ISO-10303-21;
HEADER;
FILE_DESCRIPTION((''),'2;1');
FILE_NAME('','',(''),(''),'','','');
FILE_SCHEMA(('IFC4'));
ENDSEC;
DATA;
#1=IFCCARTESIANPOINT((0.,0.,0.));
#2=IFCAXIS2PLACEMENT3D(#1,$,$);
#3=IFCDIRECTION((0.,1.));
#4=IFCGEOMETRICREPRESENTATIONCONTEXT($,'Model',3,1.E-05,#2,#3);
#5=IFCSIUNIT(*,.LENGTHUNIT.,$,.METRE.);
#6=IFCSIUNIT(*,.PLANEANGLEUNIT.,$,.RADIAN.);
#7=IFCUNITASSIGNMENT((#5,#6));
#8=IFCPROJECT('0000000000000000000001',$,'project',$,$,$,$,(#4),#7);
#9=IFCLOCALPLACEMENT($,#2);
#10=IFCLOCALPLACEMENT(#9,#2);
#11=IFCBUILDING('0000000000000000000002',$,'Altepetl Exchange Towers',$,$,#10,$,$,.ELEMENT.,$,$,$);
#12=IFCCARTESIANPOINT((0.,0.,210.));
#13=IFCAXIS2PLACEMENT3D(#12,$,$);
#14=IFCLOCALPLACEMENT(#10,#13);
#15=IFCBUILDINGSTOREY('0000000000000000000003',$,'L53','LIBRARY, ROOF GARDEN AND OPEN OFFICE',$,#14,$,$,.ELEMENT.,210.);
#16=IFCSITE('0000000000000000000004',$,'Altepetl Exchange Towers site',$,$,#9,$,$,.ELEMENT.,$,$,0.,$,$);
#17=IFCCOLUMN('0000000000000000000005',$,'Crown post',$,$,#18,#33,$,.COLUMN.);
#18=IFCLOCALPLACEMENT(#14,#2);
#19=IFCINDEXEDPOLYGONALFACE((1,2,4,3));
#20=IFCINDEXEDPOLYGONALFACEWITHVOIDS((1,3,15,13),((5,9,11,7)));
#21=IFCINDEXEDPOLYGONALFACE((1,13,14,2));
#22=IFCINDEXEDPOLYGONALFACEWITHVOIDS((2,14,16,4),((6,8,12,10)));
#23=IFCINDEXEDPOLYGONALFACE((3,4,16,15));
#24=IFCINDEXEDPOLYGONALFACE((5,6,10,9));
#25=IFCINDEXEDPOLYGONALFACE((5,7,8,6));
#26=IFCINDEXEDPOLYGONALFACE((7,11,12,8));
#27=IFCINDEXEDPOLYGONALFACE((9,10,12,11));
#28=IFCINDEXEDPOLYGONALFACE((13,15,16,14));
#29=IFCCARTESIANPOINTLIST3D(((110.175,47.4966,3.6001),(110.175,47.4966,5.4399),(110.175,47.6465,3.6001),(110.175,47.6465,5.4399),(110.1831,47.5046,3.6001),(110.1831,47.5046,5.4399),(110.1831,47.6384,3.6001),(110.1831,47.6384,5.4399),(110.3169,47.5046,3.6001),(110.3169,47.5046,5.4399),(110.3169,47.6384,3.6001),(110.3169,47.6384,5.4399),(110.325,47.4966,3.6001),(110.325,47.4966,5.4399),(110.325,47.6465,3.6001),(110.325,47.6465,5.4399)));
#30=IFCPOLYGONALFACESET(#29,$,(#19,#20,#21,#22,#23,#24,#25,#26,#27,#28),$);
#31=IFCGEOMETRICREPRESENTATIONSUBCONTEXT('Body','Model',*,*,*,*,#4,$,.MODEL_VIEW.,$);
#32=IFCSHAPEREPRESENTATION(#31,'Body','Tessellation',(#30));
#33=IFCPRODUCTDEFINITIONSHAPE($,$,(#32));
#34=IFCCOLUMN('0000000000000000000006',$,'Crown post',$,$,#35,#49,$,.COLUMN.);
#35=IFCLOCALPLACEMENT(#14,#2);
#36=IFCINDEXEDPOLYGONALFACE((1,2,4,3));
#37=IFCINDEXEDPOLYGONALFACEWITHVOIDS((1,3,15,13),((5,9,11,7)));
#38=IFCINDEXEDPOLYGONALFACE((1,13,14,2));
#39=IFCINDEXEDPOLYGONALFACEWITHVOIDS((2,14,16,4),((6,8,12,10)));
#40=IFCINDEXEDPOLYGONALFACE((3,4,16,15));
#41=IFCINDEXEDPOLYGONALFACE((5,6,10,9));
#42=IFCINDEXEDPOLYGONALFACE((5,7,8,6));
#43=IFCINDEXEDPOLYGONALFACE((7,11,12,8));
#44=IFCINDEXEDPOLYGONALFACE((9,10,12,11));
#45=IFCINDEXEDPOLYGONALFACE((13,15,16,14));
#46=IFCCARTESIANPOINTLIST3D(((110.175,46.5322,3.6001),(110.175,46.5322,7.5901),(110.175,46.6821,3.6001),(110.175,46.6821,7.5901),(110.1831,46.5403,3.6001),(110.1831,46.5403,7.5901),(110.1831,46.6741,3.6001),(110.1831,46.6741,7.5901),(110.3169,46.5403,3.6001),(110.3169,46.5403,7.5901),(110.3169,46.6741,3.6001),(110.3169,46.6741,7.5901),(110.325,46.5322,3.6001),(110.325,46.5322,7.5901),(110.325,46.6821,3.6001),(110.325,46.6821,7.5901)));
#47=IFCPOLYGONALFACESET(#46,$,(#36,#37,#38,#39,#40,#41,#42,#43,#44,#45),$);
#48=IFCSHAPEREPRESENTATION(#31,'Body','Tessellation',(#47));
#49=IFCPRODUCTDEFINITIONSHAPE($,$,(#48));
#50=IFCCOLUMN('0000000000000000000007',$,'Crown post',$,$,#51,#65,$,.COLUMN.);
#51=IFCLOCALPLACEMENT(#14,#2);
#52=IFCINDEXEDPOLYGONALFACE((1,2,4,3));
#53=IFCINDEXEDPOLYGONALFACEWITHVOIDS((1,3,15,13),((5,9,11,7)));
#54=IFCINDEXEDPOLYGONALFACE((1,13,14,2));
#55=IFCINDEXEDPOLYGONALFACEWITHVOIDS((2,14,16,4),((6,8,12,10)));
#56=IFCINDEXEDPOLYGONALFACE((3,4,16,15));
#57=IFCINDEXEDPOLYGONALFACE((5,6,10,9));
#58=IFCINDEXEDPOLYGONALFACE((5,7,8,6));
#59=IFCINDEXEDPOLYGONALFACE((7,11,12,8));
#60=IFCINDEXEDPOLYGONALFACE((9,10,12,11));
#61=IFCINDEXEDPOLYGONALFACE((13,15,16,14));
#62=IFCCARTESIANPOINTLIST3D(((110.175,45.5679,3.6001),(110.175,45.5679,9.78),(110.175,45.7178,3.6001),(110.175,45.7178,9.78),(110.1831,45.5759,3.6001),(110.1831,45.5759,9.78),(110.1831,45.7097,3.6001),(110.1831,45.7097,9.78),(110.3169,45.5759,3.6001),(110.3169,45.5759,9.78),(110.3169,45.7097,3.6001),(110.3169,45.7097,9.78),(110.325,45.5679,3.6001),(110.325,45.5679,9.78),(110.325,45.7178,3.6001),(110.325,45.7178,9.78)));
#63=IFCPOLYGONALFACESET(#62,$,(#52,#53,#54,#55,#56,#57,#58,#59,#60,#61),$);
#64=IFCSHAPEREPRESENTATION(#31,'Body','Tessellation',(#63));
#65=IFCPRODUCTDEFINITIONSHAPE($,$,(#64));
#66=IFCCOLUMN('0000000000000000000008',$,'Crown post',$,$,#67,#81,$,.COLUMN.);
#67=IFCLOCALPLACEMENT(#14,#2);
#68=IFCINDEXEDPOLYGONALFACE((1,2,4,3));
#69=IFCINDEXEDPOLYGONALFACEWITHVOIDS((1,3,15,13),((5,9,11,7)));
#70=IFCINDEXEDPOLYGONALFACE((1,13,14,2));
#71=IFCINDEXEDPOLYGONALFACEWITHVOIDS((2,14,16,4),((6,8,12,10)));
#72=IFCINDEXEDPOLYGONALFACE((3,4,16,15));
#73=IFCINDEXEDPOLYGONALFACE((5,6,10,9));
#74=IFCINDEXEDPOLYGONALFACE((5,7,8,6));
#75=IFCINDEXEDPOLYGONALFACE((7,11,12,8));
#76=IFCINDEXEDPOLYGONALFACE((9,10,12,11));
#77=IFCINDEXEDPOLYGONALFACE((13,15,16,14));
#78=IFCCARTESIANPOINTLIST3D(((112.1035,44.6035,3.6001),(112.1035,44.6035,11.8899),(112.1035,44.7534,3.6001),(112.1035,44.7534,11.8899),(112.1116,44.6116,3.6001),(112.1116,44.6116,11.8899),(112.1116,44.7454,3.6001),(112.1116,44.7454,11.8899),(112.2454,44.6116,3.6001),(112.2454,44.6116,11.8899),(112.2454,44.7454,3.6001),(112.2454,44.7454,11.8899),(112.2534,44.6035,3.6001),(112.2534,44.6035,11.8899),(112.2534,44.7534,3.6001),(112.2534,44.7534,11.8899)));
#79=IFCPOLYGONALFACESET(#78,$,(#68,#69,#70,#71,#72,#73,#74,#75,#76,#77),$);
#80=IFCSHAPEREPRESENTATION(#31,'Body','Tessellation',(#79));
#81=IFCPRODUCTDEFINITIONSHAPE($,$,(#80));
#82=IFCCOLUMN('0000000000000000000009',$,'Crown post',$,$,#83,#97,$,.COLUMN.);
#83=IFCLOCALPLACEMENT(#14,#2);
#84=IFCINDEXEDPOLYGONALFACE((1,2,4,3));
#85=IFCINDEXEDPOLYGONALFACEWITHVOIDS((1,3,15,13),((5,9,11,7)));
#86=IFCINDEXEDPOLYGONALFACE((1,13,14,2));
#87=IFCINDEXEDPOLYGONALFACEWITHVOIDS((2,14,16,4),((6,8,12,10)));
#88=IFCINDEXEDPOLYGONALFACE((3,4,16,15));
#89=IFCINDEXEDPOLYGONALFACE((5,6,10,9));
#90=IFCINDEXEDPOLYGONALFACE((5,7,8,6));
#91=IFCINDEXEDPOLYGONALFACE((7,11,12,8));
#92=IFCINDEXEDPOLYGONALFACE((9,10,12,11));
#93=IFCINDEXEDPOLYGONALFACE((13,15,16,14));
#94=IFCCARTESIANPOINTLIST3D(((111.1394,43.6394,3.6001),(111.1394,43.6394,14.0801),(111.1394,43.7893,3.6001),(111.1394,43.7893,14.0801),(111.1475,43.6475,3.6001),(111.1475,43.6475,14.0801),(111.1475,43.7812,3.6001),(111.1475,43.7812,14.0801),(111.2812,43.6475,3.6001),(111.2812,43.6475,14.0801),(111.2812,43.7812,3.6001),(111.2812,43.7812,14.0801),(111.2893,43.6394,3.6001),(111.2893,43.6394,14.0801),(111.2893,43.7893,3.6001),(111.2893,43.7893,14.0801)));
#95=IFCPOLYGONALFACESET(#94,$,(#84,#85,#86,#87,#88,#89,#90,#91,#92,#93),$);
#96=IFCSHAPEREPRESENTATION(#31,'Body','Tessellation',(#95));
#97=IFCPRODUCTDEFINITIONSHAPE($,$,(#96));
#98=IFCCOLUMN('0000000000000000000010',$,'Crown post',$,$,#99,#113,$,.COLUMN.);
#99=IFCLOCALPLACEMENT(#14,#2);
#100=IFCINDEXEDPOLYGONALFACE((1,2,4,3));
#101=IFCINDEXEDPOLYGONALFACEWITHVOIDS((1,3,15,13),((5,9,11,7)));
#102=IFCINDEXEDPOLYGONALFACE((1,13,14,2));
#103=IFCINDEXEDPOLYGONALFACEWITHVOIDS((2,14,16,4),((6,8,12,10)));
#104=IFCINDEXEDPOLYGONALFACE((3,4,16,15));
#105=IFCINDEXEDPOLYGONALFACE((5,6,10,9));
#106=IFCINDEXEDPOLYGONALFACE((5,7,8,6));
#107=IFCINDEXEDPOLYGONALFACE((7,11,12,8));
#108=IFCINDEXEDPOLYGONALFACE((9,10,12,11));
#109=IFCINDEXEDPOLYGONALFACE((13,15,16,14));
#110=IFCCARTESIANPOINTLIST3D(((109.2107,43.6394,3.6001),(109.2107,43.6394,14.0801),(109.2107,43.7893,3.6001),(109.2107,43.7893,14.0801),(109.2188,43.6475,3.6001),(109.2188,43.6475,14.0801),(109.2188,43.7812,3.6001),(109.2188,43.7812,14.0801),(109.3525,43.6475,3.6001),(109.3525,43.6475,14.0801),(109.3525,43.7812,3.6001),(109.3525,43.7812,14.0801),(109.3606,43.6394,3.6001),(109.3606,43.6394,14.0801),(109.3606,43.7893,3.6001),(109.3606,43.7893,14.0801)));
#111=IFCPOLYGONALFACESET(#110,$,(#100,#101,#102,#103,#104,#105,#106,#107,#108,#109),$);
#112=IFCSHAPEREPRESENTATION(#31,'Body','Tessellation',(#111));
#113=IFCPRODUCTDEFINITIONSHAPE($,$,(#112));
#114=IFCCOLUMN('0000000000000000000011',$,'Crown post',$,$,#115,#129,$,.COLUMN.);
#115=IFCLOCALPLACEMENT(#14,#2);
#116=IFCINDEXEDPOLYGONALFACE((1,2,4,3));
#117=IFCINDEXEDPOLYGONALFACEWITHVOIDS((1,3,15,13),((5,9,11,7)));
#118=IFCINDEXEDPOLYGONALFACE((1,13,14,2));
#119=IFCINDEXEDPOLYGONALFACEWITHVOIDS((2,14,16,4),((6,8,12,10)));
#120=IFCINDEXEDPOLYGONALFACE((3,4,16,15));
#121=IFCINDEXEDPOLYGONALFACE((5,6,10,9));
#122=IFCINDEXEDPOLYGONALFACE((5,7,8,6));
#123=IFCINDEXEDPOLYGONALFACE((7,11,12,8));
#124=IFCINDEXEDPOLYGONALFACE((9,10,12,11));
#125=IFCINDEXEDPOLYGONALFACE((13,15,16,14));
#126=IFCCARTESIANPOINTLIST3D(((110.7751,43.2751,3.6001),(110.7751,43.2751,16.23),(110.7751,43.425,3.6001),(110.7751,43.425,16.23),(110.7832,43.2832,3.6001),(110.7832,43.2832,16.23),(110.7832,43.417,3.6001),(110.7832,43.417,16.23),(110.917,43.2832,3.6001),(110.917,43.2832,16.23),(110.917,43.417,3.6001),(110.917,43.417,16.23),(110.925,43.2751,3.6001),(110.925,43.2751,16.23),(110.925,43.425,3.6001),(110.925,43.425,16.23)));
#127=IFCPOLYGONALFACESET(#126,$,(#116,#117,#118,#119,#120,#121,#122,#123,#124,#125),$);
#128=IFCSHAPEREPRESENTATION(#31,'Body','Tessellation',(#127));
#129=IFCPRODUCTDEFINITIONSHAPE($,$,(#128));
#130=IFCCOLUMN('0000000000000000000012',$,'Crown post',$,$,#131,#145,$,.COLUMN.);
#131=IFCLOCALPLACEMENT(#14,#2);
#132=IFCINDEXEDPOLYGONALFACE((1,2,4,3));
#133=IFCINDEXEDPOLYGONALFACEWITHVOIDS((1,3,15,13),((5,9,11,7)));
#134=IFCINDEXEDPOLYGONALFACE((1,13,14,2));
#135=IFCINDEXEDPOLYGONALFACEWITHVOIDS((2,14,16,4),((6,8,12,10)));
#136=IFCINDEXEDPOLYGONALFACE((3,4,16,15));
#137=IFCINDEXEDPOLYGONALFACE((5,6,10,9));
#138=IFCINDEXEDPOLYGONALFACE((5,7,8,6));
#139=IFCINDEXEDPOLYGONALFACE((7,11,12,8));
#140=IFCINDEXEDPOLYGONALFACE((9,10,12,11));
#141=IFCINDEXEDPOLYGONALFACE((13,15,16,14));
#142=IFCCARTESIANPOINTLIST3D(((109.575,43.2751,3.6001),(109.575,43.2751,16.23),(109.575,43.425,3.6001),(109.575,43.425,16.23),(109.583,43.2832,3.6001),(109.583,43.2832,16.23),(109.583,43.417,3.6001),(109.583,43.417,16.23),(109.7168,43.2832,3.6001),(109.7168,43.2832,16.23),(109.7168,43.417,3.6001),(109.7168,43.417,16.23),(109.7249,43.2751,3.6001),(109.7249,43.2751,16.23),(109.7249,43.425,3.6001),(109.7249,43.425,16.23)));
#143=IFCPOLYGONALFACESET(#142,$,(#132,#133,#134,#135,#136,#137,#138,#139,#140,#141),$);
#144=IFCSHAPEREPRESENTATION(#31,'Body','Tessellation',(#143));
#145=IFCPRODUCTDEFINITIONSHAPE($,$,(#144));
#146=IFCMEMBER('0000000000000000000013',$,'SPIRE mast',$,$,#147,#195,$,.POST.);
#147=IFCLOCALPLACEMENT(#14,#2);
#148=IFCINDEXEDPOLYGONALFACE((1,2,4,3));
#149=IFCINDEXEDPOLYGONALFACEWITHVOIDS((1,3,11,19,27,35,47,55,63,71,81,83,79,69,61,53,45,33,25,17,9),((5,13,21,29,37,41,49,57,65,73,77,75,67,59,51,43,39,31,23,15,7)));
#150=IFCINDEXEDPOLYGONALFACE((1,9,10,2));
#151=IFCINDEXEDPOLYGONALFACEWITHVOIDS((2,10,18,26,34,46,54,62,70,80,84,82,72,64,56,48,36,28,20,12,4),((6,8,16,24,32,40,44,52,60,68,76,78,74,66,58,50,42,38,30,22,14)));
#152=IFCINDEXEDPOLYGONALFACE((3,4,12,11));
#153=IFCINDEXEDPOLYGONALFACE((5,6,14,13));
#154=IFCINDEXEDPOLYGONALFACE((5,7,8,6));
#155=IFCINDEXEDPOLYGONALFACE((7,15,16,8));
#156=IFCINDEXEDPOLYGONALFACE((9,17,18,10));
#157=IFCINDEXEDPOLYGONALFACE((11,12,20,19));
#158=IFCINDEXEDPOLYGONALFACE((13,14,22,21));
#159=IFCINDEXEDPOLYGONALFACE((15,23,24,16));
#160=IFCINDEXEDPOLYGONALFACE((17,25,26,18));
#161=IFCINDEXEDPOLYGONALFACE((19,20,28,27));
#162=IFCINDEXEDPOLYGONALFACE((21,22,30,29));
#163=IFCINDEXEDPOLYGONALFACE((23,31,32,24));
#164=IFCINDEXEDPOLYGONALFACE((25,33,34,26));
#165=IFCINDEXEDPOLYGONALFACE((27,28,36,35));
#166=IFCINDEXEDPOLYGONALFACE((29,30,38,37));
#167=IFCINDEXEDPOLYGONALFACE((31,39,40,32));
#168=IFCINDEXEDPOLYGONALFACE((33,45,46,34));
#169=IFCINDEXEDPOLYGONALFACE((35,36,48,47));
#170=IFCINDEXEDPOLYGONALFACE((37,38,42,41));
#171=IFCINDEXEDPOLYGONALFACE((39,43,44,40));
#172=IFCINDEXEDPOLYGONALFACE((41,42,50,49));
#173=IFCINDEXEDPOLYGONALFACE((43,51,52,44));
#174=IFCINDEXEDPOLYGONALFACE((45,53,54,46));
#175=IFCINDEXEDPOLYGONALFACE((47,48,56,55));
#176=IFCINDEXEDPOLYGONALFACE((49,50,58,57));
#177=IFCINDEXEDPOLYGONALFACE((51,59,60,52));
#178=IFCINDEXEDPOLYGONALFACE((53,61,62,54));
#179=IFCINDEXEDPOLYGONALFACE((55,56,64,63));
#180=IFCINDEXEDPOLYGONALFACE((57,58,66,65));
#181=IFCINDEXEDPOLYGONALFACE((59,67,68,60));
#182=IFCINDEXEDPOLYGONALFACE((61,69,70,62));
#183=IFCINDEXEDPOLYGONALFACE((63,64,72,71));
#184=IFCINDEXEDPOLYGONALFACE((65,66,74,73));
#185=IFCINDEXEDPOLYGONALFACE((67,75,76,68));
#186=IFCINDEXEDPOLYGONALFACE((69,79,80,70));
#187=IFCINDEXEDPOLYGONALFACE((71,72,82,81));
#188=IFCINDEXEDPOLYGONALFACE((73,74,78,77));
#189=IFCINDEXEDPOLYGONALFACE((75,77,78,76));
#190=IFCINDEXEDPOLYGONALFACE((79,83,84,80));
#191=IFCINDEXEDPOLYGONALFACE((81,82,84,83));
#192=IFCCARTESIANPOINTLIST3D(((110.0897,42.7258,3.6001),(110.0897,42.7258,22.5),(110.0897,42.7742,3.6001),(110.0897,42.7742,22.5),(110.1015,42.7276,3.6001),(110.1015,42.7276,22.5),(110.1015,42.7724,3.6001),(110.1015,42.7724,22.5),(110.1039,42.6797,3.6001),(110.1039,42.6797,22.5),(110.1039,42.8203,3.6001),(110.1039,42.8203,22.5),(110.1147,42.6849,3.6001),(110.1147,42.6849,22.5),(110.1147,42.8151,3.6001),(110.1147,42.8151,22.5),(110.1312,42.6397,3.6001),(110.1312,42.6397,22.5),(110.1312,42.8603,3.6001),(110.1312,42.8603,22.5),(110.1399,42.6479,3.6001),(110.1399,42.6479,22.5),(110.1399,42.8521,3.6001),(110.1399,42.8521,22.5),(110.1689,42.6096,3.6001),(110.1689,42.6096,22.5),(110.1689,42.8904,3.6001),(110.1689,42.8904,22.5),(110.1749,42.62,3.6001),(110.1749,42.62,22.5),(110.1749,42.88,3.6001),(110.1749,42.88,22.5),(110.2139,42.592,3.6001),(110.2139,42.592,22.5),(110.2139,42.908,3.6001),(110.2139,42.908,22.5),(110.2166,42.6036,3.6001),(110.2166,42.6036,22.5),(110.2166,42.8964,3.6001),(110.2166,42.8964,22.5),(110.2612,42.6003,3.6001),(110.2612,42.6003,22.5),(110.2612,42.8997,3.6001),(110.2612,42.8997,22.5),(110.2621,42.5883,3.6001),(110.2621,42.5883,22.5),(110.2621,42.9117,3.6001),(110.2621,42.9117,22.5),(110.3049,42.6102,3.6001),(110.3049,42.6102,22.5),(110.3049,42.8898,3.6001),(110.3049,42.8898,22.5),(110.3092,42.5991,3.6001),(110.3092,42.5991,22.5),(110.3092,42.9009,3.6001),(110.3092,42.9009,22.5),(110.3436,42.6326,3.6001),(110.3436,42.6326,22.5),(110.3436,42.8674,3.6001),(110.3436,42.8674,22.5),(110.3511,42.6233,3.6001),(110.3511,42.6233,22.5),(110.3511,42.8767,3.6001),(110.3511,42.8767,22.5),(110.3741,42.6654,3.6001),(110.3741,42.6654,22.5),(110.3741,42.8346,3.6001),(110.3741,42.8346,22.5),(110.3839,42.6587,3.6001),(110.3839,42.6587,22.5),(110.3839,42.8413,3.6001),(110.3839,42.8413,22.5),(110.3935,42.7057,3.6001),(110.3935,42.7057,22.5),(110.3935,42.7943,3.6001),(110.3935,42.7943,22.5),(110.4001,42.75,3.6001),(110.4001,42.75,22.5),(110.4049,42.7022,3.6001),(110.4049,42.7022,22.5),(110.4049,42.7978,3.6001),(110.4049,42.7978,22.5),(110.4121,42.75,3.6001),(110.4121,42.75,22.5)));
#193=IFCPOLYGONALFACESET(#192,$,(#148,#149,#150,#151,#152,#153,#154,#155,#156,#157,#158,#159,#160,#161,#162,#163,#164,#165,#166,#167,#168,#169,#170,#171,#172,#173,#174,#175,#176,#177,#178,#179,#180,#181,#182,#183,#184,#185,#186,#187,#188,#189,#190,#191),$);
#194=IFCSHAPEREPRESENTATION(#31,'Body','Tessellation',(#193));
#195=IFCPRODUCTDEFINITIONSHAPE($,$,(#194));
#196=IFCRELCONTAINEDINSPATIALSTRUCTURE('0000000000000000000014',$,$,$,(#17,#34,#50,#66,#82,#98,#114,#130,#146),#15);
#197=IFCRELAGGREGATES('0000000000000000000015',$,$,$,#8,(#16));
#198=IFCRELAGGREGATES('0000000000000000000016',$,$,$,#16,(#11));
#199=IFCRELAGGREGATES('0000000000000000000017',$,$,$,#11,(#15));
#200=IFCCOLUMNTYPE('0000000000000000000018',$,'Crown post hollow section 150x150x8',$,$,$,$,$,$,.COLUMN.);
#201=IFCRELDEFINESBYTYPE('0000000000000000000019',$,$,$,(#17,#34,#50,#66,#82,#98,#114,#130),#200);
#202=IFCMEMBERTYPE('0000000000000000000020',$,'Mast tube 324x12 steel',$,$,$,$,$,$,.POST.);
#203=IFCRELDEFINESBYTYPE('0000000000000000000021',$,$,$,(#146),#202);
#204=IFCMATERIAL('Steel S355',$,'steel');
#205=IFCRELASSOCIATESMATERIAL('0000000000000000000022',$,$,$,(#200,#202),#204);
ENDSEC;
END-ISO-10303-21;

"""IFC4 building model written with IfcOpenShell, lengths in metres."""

from ifc_helpers import new_model, si_unit, direction, frame, origin, origin_2d, place, context, subcontext, project, spatial, hollow_rectangle, hollow_circle, extrude, material, material_profile, profile_set, type_object, element, save


model = new_model("IFC4")

# Units and contexts
model_context = context("Model", 3, precision=1e-05, world=origin(), true_north=direction((0.0, 1.0)))
body_context = subcontext(model_context, "Body", "Model", "MODEL_VIEW")
ifc_project = project(units=[si_unit("LENGTHUNIT", "METRE"), si_unit("PLANEANGLEUNIT", "RADIAN")], contexts=[model_context])

# Site, building, storey
site_placement = place(None, origin())
site = spatial("IfcSite", under=ifc_project, at=site_placement, Name="Altepetl Exchange Towers site", CompositionType="ELEMENT", RefElevation=0.0)
building_placement = place(site_placement, origin())
building = spatial("IfcBuilding", under=site, at=building_placement, Name="Altepetl Exchange Towers", CompositionType="ELEMENT")
storey_placement = place(building_placement, frame((0.0, 0.0, 210.0)))
storey = spatial("IfcBuildingStorey", under=building, at=storey_placement, Name="L53", Description="LIBRARY, ROOF GARDEN AND OPEN OFFICE", CompositionType="ELEMENT", Elevation=210.0)

# Columns
ifc_material_1 = material(Name="Steel S355", Category="steel")
ifc_material_profile_1 = material_profile(ifc_material_1, hollow_rectangle(XDim=0.1499, YDim=0.1499, WallThickness=0.0081, at=origin_2d()), Name="RHS 150x150x8")
ifc_profile_set_1 = profile_set([ifc_material_profile_1], Name="Steel S355")
column_type = type_object("IfcColumnType", Name="Crown post hollow section 150x150x8", PredefinedType="COLUMN", material=ifc_profile_set_1)
column_1_placement = place(storey_placement, frame((110.25, 47.5715, 3.6001)))
element("IfcColumn", 1, at=column_1_placement, inside=storey, type_object=column_type, Name="Crown post", PredefinedType="COLUMN", context=body_context, shape_type="SweptSolid", body=[
    extrude(hollow_rectangle(XDim=0.1499, YDim=0.1499, WallThickness=0.0081, at=origin_2d()), origin(), (0.0, 0.0, 1.0), 1.8398),
])
column_2_placement = place(storey_placement, frame((110.25, 46.6072, 3.6001)))
element("IfcColumn", 2, at=column_2_placement, inside=storey, type_object=column_type, Name="Crown post", PredefinedType="COLUMN", context=body_context, shape_type="SweptSolid", body=[
    extrude(hollow_rectangle(XDim=0.1499, YDim=0.1499, WallThickness=0.0081, at=origin_2d()), origin(), (0.0, 0.0, 1.0), 3.99),
])
column_3_placement = place(storey_placement, frame((110.25, 45.6428, 3.6001)))
element("IfcColumn", 3, at=column_3_placement, inside=storey, type_object=column_type, Name="Crown post", PredefinedType="COLUMN", context=body_context, shape_type="SweptSolid", body=[
    extrude(hollow_rectangle(XDim=0.1499, YDim=0.1499, WallThickness=0.0081, at=origin_2d()), origin(), (0.0, 0.0, 1.0), 6.1799),
])
column_4_placement = place(storey_placement, frame((112.1785, 44.6785, 3.6001)))
element("IfcColumn", 4, at=column_4_placement, inside=storey, type_object=column_type, Name="Crown post", PredefinedType="COLUMN", context=body_context, shape_type="SweptSolid", body=[
    extrude(hollow_rectangle(XDim=0.1499, YDim=0.1499, WallThickness=0.0081, at=origin_2d()), origin(), (0.0, 0.0, 1.0), 8.2898),
])
for number, where, name in (
    (5, (111.2144, 43.7144, 3.6001), "Crown post"),
    (6, (109.2856, 43.7144, 3.6001), "Crown post"),
):
    element("IfcColumn", number, at=place(storey_placement, frame(where)), inside=storey, type_object=column_type, Name=name, PredefinedType="COLUMN", context=body_context, shape_type="SweptSolid", body=[
        extrude(hollow_rectangle(XDim=0.1499, YDim=0.1499, WallThickness=0.0081, at=origin_2d()), origin(), (0.0, 0.0, 1.0), 10.48),
    ])
for number, where, name in (
    (7, (110.8501, 43.3501, 3.6001), "Crown post"),
    (8, (109.6499, 43.3501, 3.6001), "Crown post"),
):
    element("IfcColumn", number, at=place(storey_placement, frame(where)), inside=storey, type_object=column_type, Name=name, PredefinedType="COLUMN", context=body_context, shape_type="SweptSolid", body=[
        extrude(hollow_rectangle(XDim=0.1499, YDim=0.1499, WallThickness=0.0081, at=origin_2d()), origin(), (0.0, 0.0, 1.0), 12.6299),
    ])

# Member
ifc_material_profile_2 = material_profile(ifc_material_1, hollow_circle(Radius=0.1621, WallThickness=0.012, at=origin_2d()), Name="Mast tube 324x12 steel")
ifc_profile_set_2 = profile_set([ifc_material_profile_2], Name="Steel S355")
member_type_1 = type_object("IfcMemberType", Name="Mast tube 324x12 steel", PredefinedType="POST", material=ifc_profile_set_2)
member_1_placement = place(storey_placement, frame((110.25, 42.75, 3.6001)))
element("IfcMember", 9, at=member_1_placement, inside=storey, type_object=member_type_1, Name="SPIRE mast", PredefinedType="POST", context=body_context, shape_type="SweptSolid", body=[
    extrude(hollow_circle(Radius=0.1621, WallThickness=0.012, at=origin_2d()), origin(), (0.0, 0.0, 1.0), 18.8999),
])

save(model, "model.ifc")
